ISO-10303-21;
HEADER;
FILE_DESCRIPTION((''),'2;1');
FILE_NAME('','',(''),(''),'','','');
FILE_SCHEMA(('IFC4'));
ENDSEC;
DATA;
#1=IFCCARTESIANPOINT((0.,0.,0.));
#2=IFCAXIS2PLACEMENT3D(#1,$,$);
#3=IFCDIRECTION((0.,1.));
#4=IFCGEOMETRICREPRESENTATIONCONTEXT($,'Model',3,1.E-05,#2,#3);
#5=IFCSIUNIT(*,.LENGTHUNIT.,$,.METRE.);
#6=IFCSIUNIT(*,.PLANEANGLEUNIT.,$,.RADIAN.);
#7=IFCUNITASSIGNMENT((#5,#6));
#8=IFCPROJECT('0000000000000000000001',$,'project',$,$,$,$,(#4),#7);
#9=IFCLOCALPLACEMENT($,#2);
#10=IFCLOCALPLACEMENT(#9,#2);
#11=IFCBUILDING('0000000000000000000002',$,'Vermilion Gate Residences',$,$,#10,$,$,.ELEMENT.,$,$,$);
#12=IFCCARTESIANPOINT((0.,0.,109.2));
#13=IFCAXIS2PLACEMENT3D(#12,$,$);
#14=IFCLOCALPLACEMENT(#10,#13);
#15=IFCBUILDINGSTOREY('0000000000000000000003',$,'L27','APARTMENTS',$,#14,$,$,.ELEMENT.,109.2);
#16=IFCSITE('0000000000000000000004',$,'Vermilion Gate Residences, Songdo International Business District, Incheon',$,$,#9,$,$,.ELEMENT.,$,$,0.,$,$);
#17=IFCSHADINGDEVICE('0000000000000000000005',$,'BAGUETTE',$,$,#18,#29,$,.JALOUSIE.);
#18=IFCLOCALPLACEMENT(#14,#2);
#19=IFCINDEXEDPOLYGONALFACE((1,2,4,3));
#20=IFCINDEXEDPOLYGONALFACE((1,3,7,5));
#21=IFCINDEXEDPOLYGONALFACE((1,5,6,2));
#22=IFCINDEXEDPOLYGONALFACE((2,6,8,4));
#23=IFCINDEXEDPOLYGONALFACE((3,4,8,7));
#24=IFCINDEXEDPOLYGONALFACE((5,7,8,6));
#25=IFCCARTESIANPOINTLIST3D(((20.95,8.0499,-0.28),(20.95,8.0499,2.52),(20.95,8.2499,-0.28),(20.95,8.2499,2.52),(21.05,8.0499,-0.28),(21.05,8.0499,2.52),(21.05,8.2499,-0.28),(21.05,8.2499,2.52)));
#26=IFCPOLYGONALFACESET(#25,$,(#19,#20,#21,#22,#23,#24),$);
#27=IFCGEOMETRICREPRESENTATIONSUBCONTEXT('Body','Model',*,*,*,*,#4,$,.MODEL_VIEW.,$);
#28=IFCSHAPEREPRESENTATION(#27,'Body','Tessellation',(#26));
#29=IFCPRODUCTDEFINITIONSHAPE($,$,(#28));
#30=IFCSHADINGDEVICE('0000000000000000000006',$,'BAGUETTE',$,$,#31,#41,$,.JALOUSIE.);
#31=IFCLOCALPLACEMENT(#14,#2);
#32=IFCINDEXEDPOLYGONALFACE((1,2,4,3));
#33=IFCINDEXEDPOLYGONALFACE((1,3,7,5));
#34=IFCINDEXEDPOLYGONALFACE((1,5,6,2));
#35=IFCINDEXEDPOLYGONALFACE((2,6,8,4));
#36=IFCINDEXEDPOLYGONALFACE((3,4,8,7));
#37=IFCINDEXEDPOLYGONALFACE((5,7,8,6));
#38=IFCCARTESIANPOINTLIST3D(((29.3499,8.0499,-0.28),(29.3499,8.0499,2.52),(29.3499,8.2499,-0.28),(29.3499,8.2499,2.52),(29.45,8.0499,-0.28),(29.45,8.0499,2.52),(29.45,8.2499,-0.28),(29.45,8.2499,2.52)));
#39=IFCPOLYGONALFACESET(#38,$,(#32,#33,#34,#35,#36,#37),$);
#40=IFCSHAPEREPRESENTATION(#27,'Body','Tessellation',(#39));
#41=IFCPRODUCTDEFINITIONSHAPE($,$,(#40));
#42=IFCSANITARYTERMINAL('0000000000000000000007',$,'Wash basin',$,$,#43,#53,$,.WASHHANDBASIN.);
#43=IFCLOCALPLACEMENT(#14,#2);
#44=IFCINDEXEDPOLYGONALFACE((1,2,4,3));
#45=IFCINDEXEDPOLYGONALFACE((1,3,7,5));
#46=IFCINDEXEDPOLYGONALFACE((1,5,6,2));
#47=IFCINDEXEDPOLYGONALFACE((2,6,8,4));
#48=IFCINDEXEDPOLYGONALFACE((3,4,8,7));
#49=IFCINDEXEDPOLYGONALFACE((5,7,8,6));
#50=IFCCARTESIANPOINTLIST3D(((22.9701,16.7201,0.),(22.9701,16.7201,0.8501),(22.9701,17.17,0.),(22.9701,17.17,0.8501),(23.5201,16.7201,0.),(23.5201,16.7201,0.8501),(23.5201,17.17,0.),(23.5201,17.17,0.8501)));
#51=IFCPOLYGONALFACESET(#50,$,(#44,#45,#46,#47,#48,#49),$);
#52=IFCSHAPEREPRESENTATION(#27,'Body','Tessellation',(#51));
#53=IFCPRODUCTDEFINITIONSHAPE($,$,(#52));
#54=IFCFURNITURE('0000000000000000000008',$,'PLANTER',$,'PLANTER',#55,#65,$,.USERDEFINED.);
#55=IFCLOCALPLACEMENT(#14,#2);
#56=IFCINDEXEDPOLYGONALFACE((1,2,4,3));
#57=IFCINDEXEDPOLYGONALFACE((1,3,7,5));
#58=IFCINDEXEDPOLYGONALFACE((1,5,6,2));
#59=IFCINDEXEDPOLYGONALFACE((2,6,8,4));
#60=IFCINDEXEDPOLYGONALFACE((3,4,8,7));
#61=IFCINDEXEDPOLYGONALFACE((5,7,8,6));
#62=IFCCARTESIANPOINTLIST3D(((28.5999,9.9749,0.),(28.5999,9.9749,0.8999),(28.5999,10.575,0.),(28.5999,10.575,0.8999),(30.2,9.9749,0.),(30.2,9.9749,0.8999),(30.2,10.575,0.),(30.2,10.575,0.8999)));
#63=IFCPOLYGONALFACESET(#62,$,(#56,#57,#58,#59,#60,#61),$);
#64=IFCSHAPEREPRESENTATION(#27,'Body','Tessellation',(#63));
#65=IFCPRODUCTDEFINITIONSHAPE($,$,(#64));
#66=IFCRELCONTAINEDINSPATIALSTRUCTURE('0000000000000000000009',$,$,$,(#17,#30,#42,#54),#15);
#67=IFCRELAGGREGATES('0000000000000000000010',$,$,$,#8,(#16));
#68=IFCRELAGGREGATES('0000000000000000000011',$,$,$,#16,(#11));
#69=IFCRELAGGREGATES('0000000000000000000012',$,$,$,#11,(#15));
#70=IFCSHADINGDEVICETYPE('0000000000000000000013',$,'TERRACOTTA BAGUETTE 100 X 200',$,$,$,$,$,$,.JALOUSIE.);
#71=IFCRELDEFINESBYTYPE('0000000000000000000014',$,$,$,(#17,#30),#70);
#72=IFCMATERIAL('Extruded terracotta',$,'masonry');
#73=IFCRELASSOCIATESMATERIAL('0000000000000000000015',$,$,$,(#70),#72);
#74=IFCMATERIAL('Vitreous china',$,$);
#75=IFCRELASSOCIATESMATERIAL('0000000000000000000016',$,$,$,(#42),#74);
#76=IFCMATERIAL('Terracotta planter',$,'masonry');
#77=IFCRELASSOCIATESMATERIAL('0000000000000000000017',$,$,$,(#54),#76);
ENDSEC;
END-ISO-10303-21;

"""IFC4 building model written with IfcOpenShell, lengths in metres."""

from ifc_helpers import new_model, si_unit, direction, frame, origin, origin_2d, place, context, subcontext, project, spatial, rectangle, extrude, material, material_profile, profile_set, type_object, element, save


model = new_model("IFC4")

# Units and contexts
model_context = context("Model", 3, precision=1e-05, world=origin(), true_north=direction((0.0, 1.0)))
body_context = subcontext(model_context, "Body", "Model", "MODEL_VIEW")
ifc_project = project(units=[si_unit("LENGTHUNIT", "METRE"), si_unit("PLANEANGLEUNIT", "RADIAN")], contexts=[model_context])

# Site, building, storey
site_placement = place(None, origin())
site = spatial("IfcSite", under=ifc_project, at=site_placement, Name="Vermilion Gate Residences, Songdo International Business District, Incheon", CompositionType="ELEMENT", RefElevation=0.0)
building_placement = place(site_placement, origin())
building = spatial("IfcBuilding", under=site, at=building_placement, Name="Vermilion Gate Residences", CompositionType="ELEMENT")
storey_placement = place(building_placement, frame((0.0, 0.0, 109.2)))
storey = spatial("IfcBuildingStorey", under=building, at=storey_placement, Name="L27", Description="APARTMENTS", CompositionType="ELEMENT", Elevation=109.2)

# Shading devices
ifc_material_1 = material(Name="Extruded terracotta", Category="masonry")
ifc_material_profile_1 = material_profile(ifc_material_1, rectangle(XDim=0.2, YDim=0.1001, at=origin_2d()), Name="BAGUETTE 100 X 200")
ifc_profile_set_1 = profile_set([ifc_material_profile_1], Name="Extruded terracotta")
shading_device_type = type_object("IfcShadingDeviceType", Name="TERRACOTTA BAGUETTE 100 X 200", PredefinedType="JALOUSIE", material=ifc_profile_set_1)
for number, where, z_axis, x_axis, name in (
    (1, (21.0, 8.1499, -0.28), (0.0, 0.0, 1.0), (0.0, 1.0, 0.0), "BAGUETTE"),
    (2, (29.3999, 8.1499, -0.28), (0.0, 0.0, 1.0), (0.0, 1.0, 0.0), "BAGUETTE"),
):
    element("IfcShadingDevice", number, at=place(storey_placement, frame(where, z_axis=z_axis, x_axis=x_axis)), inside=storey, type_object=shading_device_type, Name=name, PredefinedType="JALOUSIE", context=body_context, shape_type="SweptSolid", body=[
        extrude(rectangle(XDim=0.2, YDim=0.1001, at=origin_2d()), origin(), (0.0, 0.0, 1.0), 2.8),
    ])

# Sanitary terminal
ifc_material_2 = material(Name="Vitreous china")
sanitary_terminal_placement = place(storey_placement, frame((23.2451, 16.9451, 0.0), z_axis=(0.0, 0.0, 1.0), x_axis=(1.0, 0.0, 0.0)))
element("IfcSanitaryTerminal", 3, at=sanitary_terminal_placement, inside=storey, material=ifc_material_2, Name="Wash basin", PredefinedType="WASHHANDBASIN", context=body_context, shape_type="SweptSolid", body=[
    extrude(rectangle(XDim=0.55, YDim=0.45, at=origin_2d()), origin(), (0.0, 0.0, 1.0), 0.8501),
])

# Furniture
ifc_material_3 = material(Name="Terracotta planter", Category="masonry")
furniture_placement = place(storey_placement, frame((29.3999, 10.2749, 0.0), z_axis=(0.0, 0.0, 1.0), x_axis=(1.0, 0.0, 0.0)))
element("IfcFurniture", 4, at=furniture_placement, inside=storey, material=ifc_material_3, Name="PLANTER", ObjectType="PLANTER", PredefinedType="USERDEFINED", context=body_context, shape_type="SweptSolid", body=[
    extrude(rectangle(XDim=1.6001, YDim=0.6001, at=origin_2d()), origin(), (0.0, 0.0, 1.0), 0.8999),
])

save(model, "model.ifc")
